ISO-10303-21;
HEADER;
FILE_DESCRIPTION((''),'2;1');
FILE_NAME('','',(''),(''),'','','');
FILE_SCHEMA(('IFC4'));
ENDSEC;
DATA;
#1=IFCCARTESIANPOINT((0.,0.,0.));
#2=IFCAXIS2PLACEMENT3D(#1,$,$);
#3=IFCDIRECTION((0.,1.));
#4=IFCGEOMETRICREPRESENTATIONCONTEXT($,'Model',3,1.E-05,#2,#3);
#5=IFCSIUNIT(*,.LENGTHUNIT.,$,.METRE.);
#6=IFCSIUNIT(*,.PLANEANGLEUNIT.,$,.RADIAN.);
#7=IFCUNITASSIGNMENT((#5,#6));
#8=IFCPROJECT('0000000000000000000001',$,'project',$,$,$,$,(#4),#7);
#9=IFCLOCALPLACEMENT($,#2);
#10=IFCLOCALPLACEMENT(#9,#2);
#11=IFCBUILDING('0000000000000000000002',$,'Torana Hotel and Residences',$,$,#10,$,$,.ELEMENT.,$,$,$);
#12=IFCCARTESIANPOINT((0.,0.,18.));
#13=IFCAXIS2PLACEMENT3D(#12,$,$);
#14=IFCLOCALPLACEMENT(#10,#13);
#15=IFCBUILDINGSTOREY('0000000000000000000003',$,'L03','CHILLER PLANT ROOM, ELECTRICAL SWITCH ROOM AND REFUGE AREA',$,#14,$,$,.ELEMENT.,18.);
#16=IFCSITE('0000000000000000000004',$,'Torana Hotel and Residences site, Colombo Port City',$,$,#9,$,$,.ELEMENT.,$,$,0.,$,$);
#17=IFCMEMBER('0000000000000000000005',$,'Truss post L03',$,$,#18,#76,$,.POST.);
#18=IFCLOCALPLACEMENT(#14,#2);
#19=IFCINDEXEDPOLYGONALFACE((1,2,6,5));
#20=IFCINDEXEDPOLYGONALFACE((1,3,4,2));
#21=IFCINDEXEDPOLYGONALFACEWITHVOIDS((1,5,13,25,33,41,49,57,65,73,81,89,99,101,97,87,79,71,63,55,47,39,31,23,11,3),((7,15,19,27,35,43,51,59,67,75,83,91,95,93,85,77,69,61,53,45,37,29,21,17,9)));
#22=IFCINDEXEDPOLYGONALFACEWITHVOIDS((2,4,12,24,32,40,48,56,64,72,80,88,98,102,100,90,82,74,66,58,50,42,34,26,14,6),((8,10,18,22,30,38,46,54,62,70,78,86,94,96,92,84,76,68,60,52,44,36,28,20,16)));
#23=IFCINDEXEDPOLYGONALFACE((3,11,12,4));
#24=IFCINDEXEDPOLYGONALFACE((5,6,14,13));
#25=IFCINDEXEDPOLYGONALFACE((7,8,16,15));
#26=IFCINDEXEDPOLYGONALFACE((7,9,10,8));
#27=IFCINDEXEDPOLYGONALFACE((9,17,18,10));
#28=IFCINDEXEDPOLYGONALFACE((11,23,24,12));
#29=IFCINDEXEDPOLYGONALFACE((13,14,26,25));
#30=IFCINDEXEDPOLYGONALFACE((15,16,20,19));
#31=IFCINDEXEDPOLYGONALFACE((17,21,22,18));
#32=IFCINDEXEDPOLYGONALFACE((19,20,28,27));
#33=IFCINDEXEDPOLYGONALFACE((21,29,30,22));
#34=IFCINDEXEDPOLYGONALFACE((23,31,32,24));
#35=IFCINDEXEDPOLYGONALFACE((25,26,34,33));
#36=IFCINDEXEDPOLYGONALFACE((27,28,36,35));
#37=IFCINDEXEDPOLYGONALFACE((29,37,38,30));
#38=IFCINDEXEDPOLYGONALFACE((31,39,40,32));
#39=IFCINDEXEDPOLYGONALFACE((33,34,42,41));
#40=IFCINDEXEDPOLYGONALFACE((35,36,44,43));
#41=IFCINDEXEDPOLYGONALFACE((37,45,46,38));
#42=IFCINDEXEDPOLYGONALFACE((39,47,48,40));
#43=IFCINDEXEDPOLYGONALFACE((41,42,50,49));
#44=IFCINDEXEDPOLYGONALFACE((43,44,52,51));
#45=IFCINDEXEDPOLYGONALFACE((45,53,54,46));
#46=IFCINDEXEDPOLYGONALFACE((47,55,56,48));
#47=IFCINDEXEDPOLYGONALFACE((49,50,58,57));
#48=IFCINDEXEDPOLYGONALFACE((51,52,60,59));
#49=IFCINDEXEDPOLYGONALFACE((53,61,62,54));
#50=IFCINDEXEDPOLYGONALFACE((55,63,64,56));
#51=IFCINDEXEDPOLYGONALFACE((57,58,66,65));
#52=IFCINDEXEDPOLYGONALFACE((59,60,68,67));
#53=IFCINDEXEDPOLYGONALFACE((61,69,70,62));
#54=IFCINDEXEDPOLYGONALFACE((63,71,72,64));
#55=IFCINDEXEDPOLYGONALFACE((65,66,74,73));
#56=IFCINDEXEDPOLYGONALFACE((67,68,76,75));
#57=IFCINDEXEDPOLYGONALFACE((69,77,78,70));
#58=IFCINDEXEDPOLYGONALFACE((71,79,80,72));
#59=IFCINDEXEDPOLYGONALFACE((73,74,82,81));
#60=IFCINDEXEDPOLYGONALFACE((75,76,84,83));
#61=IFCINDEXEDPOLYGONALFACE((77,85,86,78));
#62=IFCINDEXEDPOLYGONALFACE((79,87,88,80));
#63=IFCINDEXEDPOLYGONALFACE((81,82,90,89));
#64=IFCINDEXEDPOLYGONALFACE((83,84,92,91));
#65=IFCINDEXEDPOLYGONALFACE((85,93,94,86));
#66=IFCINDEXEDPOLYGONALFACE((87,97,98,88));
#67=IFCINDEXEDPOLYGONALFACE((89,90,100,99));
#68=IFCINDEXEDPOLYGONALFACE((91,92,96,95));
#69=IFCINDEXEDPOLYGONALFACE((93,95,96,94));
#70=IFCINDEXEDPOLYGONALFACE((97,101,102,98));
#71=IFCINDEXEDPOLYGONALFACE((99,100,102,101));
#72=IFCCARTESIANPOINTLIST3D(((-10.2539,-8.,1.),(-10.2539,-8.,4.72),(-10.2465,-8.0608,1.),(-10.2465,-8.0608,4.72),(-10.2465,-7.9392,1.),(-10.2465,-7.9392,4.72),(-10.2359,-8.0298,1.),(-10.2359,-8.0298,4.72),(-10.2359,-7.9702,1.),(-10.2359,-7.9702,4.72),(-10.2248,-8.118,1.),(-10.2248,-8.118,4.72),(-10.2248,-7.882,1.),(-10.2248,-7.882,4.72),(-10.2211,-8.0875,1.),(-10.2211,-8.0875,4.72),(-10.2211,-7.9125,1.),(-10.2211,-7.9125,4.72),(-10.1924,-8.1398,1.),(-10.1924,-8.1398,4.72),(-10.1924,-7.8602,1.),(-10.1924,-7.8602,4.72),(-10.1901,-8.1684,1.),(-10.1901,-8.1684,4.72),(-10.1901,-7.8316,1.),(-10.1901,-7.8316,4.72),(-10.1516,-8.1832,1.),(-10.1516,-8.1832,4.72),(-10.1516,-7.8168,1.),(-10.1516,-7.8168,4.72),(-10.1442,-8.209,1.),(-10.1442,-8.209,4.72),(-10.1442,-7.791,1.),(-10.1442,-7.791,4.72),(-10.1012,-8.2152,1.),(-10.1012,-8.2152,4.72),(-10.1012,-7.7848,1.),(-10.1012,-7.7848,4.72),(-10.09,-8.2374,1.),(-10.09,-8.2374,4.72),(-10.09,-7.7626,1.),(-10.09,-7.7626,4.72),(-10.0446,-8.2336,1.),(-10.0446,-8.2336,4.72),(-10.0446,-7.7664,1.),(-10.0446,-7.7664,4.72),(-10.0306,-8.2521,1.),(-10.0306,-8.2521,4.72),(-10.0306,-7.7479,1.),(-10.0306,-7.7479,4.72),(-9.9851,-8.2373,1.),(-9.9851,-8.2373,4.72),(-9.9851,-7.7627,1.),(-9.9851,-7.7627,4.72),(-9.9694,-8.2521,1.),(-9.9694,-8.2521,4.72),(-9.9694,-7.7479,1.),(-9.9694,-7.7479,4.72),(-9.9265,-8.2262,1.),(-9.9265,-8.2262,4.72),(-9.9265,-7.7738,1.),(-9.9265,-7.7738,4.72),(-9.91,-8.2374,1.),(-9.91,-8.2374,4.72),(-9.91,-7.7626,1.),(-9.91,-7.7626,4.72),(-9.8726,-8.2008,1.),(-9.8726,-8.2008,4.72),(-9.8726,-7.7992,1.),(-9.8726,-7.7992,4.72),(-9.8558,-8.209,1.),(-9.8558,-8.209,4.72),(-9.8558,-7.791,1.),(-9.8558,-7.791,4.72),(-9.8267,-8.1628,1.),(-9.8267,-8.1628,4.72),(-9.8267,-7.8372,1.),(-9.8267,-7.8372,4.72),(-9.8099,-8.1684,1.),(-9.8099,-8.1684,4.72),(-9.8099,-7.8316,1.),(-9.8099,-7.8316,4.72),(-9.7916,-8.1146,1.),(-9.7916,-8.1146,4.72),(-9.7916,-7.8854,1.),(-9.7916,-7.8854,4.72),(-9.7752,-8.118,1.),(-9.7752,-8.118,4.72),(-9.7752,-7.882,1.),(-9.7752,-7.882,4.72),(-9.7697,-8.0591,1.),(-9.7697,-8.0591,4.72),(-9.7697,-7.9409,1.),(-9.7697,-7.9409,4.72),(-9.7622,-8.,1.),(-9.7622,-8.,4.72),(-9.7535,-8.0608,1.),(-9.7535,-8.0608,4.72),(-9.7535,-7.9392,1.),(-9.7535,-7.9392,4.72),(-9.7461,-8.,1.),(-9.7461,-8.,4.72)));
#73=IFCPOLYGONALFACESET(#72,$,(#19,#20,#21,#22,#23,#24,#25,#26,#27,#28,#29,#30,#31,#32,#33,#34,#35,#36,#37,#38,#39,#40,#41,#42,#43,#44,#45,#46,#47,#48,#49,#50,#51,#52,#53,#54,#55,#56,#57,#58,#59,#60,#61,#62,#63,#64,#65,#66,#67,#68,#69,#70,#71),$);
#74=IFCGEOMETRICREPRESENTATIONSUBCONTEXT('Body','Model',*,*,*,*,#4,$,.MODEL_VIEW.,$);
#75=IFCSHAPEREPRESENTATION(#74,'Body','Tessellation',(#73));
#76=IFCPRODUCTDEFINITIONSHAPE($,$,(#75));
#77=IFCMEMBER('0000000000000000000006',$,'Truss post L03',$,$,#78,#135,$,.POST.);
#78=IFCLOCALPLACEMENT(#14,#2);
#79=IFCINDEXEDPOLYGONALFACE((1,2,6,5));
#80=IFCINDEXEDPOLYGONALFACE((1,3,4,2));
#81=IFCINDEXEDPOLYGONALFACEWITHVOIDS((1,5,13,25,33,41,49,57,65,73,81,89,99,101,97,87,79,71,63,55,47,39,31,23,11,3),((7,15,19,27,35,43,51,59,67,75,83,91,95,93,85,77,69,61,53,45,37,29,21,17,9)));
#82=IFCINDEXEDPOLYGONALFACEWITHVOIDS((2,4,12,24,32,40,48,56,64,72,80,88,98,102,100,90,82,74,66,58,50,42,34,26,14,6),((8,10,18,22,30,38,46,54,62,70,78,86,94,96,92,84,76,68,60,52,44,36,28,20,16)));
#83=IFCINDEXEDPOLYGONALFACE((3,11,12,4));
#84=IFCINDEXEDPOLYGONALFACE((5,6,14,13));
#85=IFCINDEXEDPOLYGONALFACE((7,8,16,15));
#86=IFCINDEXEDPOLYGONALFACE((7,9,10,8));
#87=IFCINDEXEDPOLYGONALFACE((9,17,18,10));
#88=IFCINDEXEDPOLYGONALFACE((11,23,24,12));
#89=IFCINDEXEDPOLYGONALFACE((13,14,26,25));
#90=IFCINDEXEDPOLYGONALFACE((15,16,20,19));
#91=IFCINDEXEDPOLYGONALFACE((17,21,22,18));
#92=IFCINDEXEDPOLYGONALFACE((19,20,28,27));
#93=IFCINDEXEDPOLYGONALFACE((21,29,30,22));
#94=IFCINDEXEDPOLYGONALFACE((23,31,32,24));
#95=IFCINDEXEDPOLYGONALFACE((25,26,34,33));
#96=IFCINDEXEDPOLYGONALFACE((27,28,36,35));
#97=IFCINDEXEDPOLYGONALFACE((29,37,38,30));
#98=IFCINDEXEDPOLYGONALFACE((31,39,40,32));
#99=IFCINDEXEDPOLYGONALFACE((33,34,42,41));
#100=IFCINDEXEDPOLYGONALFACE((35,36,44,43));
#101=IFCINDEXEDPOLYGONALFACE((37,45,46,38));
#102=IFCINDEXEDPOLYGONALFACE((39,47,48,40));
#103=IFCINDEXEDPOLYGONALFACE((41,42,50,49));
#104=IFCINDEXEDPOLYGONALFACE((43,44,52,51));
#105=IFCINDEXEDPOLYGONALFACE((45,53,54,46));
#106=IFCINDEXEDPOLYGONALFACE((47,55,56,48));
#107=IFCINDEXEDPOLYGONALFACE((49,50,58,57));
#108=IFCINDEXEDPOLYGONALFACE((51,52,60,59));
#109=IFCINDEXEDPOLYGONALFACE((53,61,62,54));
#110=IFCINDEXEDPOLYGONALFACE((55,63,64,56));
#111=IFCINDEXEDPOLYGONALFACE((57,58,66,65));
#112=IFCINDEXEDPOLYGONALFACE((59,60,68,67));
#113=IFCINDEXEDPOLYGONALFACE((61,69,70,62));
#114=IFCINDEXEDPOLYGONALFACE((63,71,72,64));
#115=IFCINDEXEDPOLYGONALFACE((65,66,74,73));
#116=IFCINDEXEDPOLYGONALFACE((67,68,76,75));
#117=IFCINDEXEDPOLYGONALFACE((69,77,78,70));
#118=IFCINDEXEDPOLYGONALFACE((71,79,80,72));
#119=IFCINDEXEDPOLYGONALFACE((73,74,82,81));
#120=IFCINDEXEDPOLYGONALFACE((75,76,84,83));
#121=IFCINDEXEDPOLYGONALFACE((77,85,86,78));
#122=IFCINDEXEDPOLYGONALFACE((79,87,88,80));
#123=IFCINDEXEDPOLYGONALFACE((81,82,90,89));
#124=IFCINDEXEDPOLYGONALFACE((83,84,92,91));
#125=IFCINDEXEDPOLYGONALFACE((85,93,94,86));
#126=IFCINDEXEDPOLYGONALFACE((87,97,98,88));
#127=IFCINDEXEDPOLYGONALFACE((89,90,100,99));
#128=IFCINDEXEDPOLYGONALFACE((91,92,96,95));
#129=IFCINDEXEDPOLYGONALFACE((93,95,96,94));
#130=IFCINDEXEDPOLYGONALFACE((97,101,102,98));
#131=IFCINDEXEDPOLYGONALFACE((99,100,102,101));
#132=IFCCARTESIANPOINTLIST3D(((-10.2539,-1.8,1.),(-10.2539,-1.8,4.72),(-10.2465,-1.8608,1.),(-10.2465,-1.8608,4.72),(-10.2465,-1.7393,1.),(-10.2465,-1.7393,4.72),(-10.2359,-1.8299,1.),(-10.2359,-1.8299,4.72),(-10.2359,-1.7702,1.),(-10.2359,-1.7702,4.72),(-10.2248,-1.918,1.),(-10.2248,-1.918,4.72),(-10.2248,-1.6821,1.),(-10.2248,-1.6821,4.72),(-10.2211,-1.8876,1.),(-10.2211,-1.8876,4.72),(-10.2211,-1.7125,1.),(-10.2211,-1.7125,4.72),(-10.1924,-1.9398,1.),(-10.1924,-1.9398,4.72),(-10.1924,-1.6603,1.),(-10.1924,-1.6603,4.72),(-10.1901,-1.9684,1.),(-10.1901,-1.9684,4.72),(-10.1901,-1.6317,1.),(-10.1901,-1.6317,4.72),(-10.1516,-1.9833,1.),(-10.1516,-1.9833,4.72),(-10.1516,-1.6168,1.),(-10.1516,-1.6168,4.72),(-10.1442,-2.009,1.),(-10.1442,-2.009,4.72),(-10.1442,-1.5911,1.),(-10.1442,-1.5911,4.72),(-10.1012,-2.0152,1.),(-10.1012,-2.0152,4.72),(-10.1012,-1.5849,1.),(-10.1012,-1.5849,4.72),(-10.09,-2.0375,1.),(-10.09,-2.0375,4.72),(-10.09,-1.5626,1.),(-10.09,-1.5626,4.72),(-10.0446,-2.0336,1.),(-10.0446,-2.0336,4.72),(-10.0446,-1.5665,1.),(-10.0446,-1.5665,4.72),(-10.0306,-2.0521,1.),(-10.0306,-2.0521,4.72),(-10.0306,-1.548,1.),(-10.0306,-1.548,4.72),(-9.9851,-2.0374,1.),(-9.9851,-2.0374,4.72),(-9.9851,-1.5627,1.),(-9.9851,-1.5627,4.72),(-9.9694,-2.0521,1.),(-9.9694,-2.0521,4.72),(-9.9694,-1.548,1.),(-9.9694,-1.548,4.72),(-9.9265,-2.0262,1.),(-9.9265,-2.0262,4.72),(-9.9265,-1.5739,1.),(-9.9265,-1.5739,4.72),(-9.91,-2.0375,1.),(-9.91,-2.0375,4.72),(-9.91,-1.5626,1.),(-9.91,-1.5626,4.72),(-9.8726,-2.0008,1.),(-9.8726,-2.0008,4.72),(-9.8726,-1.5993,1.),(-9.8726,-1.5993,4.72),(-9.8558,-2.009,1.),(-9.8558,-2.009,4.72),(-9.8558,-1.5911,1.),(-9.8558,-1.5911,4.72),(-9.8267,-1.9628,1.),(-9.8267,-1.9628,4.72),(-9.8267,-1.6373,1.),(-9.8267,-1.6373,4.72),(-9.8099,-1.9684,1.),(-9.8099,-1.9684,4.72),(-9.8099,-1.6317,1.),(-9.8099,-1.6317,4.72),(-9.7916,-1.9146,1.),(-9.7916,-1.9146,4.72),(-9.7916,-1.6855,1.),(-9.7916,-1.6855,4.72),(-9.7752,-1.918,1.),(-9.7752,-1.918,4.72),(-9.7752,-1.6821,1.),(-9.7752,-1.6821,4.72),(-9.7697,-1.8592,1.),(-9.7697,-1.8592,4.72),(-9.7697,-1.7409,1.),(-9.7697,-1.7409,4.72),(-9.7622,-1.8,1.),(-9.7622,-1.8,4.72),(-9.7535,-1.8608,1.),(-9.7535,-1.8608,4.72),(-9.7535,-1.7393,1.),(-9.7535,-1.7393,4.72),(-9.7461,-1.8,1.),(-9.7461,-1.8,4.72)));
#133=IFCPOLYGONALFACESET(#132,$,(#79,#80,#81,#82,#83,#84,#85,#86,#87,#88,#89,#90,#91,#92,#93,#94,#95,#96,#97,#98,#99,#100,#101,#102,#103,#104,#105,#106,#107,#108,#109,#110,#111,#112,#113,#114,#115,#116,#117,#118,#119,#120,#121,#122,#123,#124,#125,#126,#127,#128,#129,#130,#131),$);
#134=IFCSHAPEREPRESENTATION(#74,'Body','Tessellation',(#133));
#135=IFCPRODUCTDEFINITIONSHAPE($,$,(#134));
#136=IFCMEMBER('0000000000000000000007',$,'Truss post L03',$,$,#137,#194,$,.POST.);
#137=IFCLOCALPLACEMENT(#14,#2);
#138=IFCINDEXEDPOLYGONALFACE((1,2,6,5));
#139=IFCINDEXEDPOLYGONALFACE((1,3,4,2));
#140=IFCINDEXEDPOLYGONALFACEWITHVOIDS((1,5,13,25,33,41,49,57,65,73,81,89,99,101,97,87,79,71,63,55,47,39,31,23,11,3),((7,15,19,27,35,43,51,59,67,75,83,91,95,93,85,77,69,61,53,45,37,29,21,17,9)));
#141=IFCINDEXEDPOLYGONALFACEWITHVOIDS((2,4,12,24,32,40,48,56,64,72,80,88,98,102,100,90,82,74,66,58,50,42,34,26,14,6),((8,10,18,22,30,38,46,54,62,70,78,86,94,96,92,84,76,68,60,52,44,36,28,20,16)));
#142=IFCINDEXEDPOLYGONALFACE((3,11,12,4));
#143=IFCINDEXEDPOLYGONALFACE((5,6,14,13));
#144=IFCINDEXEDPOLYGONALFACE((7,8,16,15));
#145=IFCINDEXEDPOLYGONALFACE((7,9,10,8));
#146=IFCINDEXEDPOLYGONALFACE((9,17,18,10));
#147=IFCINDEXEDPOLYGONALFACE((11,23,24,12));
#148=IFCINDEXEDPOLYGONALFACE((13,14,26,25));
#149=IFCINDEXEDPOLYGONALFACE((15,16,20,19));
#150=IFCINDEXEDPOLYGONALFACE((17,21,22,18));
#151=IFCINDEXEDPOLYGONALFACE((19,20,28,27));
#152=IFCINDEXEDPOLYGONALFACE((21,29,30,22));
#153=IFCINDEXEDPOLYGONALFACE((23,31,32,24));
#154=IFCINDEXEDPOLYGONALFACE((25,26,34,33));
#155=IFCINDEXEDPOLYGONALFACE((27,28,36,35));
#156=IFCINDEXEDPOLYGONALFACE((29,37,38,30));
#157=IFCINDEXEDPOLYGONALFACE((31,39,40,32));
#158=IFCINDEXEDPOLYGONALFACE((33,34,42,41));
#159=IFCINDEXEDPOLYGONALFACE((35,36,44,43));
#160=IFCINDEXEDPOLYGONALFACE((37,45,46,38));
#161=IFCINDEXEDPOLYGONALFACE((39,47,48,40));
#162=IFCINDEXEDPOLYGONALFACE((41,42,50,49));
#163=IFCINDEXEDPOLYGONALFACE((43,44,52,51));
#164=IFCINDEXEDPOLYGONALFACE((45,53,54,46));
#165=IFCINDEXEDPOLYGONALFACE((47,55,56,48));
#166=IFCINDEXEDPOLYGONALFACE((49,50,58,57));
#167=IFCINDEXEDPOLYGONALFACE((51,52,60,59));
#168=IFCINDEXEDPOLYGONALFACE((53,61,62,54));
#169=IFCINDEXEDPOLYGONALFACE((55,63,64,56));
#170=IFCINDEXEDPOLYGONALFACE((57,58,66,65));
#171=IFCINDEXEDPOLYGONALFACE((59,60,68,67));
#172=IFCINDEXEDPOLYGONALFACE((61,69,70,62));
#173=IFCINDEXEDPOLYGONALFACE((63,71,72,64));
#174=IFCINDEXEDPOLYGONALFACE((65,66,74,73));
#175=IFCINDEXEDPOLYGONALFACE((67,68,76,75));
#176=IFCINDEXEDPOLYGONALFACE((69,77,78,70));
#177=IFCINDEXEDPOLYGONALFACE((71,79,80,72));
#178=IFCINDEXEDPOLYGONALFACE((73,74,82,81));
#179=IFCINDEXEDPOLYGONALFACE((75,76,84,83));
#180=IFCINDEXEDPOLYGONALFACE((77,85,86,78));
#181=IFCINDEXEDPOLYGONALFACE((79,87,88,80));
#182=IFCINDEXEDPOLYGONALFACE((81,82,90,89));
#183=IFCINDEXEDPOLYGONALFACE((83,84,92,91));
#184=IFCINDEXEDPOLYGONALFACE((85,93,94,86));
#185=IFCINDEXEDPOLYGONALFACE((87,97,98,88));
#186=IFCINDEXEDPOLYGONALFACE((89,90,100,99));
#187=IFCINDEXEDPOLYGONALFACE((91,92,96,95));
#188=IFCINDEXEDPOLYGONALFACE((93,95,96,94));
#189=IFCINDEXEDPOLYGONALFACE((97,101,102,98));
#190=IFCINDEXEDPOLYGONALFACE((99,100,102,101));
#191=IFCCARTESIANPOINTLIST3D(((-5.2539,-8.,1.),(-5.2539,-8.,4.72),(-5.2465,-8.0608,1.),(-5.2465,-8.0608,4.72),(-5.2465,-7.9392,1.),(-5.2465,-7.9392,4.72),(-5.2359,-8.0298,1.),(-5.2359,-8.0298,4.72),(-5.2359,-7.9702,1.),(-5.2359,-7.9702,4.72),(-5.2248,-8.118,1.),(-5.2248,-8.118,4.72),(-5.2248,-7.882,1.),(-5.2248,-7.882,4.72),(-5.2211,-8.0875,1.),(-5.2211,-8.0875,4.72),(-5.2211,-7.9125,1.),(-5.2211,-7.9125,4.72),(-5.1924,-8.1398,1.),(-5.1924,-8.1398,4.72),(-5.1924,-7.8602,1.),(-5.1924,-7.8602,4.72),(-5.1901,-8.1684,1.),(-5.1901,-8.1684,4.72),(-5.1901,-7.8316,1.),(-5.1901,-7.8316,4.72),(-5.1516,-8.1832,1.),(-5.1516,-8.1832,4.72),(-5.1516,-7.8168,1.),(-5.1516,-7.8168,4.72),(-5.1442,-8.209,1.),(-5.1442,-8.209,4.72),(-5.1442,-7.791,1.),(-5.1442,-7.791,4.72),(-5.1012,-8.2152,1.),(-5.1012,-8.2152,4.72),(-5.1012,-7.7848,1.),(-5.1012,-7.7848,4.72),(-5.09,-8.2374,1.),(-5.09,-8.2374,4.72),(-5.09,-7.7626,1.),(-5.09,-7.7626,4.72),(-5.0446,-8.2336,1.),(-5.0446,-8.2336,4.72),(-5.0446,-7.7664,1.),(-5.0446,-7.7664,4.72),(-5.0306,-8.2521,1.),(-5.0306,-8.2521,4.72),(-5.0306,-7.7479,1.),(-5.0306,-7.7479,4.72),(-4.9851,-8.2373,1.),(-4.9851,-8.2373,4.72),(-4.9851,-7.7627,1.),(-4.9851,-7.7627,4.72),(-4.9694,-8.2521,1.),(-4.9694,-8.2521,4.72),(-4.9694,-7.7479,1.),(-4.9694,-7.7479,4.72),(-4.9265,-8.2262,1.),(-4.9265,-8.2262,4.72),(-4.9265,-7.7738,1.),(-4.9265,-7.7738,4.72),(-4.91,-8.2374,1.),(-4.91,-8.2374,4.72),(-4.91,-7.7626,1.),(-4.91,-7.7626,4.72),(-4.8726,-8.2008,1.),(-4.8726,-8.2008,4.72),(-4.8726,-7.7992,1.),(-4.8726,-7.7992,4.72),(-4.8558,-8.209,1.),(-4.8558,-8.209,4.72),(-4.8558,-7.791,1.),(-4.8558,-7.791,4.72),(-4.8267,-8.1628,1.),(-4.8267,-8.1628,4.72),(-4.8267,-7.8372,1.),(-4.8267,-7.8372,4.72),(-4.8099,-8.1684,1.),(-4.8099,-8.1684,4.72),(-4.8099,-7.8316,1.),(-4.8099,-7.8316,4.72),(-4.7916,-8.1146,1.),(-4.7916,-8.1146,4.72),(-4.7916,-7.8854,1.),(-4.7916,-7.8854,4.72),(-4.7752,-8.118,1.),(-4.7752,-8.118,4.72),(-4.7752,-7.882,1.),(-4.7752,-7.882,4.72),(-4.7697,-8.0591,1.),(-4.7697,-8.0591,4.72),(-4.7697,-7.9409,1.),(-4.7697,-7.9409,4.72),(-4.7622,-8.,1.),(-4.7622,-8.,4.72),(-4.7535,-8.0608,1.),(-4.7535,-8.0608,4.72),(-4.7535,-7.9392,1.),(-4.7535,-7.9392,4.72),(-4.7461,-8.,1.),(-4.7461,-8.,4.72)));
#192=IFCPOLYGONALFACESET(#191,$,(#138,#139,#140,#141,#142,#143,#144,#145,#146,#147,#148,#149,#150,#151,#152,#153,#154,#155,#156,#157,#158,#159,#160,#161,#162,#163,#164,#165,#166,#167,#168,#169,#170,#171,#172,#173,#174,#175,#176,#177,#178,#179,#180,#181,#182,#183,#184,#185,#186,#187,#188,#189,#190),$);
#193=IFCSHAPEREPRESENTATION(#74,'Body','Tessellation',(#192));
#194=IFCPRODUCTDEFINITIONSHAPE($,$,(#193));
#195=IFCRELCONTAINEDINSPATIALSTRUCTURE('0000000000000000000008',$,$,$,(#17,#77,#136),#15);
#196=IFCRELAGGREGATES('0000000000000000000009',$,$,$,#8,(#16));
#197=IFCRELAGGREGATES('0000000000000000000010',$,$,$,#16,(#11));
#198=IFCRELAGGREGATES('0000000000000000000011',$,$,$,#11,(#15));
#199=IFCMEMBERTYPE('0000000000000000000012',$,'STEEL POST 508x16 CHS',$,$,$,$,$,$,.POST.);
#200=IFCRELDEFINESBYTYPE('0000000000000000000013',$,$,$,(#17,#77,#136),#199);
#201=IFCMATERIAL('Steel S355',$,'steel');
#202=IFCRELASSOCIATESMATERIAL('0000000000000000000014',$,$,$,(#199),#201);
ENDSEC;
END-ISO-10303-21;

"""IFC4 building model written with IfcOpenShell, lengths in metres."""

from ifc_helpers import new_model, si_unit, direction, frame, origin, origin_2d, place, context, subcontext, project, spatial, hollow_circle, extrude, material, material_profile, profile_set, type_object, element, save


model = new_model("IFC4")

# Units and contexts
model_context = context("Model", 3, precision=1e-05, world=origin(), true_north=direction((0.0, 1.0)))
body_context = subcontext(model_context, "Body", "Model", "MODEL_VIEW")
ifc_project = project(units=[si_unit("LENGTHUNIT", "METRE"), si_unit("PLANEANGLEUNIT", "RADIAN")], contexts=[model_context])

# Site, building, storey
site_placement = place(None, origin())
site = spatial("IfcSite", under=ifc_project, at=site_placement, Name="Torana Hotel and Residences site, Colombo Port City", CompositionType="ELEMENT", RefElevation=0.0)
building_placement = place(site_placement, origin())
building = spatial("IfcBuilding", under=site, at=building_placement, Name="Torana Hotel and Residences", CompositionType="ELEMENT")
storey_placement = place(building_placement, frame((0.0, 0.0, 18.0)))
storey = spatial("IfcBuildingStorey", under=building, at=storey_placement, Name="L03", Description="CHILLER PLANT ROOM, ELECTRICAL SWITCH ROOM AND REFUGE AREA", CompositionType="ELEMENT", Elevation=18.0)

# Members
ifc_material_1 = material(Name="Steel S355", Category="steel")
ifc_material_profile_1 = material_profile(ifc_material_1, hollow_circle(Radius=0.2539, WallThickness=0.0161, at=origin_2d()), Name="508x16 CHS")
ifc_profile_set_1 = profile_set([ifc_material_profile_1], Name="Steel S355")
member_type_1 = type_object("IfcMemberType", Name="STEEL POST 508x16 CHS", PredefinedType="POST", material=ifc_profile_set_1)
for number, where, z_axis, x_axis, name in (
    (1, (-10.0, -8.0, 1.0), (0.0, 0.0, 1.0), (1.0, 0.0, 0.0), "Truss post L03"),
    (2, (-10.0, -1.8, 1.0), (0.0, 0.0, 1.0), (1.0, 0.0, 0.0), "Truss post L03"),
    (3, (-5.0, -8.0, 1.0), (0.0, 0.0, 1.0), (1.0, 0.0, 0.0), "Truss post L03"),
):
    element("IfcMember", number, at=place(storey_placement, frame(where, z_axis=z_axis, x_axis=x_axis)), inside=storey, type_object=member_type_1, Name=name, PredefinedType="POST", context=body_context, shape_type="SweptSolid", body=[
        extrude(hollow_circle(Radius=0.2539, WallThickness=0.0161, at=origin_2d()), origin(), (0.0, 0.0, 1.0), 3.72),
    ])

save(model, "model.ifc")
